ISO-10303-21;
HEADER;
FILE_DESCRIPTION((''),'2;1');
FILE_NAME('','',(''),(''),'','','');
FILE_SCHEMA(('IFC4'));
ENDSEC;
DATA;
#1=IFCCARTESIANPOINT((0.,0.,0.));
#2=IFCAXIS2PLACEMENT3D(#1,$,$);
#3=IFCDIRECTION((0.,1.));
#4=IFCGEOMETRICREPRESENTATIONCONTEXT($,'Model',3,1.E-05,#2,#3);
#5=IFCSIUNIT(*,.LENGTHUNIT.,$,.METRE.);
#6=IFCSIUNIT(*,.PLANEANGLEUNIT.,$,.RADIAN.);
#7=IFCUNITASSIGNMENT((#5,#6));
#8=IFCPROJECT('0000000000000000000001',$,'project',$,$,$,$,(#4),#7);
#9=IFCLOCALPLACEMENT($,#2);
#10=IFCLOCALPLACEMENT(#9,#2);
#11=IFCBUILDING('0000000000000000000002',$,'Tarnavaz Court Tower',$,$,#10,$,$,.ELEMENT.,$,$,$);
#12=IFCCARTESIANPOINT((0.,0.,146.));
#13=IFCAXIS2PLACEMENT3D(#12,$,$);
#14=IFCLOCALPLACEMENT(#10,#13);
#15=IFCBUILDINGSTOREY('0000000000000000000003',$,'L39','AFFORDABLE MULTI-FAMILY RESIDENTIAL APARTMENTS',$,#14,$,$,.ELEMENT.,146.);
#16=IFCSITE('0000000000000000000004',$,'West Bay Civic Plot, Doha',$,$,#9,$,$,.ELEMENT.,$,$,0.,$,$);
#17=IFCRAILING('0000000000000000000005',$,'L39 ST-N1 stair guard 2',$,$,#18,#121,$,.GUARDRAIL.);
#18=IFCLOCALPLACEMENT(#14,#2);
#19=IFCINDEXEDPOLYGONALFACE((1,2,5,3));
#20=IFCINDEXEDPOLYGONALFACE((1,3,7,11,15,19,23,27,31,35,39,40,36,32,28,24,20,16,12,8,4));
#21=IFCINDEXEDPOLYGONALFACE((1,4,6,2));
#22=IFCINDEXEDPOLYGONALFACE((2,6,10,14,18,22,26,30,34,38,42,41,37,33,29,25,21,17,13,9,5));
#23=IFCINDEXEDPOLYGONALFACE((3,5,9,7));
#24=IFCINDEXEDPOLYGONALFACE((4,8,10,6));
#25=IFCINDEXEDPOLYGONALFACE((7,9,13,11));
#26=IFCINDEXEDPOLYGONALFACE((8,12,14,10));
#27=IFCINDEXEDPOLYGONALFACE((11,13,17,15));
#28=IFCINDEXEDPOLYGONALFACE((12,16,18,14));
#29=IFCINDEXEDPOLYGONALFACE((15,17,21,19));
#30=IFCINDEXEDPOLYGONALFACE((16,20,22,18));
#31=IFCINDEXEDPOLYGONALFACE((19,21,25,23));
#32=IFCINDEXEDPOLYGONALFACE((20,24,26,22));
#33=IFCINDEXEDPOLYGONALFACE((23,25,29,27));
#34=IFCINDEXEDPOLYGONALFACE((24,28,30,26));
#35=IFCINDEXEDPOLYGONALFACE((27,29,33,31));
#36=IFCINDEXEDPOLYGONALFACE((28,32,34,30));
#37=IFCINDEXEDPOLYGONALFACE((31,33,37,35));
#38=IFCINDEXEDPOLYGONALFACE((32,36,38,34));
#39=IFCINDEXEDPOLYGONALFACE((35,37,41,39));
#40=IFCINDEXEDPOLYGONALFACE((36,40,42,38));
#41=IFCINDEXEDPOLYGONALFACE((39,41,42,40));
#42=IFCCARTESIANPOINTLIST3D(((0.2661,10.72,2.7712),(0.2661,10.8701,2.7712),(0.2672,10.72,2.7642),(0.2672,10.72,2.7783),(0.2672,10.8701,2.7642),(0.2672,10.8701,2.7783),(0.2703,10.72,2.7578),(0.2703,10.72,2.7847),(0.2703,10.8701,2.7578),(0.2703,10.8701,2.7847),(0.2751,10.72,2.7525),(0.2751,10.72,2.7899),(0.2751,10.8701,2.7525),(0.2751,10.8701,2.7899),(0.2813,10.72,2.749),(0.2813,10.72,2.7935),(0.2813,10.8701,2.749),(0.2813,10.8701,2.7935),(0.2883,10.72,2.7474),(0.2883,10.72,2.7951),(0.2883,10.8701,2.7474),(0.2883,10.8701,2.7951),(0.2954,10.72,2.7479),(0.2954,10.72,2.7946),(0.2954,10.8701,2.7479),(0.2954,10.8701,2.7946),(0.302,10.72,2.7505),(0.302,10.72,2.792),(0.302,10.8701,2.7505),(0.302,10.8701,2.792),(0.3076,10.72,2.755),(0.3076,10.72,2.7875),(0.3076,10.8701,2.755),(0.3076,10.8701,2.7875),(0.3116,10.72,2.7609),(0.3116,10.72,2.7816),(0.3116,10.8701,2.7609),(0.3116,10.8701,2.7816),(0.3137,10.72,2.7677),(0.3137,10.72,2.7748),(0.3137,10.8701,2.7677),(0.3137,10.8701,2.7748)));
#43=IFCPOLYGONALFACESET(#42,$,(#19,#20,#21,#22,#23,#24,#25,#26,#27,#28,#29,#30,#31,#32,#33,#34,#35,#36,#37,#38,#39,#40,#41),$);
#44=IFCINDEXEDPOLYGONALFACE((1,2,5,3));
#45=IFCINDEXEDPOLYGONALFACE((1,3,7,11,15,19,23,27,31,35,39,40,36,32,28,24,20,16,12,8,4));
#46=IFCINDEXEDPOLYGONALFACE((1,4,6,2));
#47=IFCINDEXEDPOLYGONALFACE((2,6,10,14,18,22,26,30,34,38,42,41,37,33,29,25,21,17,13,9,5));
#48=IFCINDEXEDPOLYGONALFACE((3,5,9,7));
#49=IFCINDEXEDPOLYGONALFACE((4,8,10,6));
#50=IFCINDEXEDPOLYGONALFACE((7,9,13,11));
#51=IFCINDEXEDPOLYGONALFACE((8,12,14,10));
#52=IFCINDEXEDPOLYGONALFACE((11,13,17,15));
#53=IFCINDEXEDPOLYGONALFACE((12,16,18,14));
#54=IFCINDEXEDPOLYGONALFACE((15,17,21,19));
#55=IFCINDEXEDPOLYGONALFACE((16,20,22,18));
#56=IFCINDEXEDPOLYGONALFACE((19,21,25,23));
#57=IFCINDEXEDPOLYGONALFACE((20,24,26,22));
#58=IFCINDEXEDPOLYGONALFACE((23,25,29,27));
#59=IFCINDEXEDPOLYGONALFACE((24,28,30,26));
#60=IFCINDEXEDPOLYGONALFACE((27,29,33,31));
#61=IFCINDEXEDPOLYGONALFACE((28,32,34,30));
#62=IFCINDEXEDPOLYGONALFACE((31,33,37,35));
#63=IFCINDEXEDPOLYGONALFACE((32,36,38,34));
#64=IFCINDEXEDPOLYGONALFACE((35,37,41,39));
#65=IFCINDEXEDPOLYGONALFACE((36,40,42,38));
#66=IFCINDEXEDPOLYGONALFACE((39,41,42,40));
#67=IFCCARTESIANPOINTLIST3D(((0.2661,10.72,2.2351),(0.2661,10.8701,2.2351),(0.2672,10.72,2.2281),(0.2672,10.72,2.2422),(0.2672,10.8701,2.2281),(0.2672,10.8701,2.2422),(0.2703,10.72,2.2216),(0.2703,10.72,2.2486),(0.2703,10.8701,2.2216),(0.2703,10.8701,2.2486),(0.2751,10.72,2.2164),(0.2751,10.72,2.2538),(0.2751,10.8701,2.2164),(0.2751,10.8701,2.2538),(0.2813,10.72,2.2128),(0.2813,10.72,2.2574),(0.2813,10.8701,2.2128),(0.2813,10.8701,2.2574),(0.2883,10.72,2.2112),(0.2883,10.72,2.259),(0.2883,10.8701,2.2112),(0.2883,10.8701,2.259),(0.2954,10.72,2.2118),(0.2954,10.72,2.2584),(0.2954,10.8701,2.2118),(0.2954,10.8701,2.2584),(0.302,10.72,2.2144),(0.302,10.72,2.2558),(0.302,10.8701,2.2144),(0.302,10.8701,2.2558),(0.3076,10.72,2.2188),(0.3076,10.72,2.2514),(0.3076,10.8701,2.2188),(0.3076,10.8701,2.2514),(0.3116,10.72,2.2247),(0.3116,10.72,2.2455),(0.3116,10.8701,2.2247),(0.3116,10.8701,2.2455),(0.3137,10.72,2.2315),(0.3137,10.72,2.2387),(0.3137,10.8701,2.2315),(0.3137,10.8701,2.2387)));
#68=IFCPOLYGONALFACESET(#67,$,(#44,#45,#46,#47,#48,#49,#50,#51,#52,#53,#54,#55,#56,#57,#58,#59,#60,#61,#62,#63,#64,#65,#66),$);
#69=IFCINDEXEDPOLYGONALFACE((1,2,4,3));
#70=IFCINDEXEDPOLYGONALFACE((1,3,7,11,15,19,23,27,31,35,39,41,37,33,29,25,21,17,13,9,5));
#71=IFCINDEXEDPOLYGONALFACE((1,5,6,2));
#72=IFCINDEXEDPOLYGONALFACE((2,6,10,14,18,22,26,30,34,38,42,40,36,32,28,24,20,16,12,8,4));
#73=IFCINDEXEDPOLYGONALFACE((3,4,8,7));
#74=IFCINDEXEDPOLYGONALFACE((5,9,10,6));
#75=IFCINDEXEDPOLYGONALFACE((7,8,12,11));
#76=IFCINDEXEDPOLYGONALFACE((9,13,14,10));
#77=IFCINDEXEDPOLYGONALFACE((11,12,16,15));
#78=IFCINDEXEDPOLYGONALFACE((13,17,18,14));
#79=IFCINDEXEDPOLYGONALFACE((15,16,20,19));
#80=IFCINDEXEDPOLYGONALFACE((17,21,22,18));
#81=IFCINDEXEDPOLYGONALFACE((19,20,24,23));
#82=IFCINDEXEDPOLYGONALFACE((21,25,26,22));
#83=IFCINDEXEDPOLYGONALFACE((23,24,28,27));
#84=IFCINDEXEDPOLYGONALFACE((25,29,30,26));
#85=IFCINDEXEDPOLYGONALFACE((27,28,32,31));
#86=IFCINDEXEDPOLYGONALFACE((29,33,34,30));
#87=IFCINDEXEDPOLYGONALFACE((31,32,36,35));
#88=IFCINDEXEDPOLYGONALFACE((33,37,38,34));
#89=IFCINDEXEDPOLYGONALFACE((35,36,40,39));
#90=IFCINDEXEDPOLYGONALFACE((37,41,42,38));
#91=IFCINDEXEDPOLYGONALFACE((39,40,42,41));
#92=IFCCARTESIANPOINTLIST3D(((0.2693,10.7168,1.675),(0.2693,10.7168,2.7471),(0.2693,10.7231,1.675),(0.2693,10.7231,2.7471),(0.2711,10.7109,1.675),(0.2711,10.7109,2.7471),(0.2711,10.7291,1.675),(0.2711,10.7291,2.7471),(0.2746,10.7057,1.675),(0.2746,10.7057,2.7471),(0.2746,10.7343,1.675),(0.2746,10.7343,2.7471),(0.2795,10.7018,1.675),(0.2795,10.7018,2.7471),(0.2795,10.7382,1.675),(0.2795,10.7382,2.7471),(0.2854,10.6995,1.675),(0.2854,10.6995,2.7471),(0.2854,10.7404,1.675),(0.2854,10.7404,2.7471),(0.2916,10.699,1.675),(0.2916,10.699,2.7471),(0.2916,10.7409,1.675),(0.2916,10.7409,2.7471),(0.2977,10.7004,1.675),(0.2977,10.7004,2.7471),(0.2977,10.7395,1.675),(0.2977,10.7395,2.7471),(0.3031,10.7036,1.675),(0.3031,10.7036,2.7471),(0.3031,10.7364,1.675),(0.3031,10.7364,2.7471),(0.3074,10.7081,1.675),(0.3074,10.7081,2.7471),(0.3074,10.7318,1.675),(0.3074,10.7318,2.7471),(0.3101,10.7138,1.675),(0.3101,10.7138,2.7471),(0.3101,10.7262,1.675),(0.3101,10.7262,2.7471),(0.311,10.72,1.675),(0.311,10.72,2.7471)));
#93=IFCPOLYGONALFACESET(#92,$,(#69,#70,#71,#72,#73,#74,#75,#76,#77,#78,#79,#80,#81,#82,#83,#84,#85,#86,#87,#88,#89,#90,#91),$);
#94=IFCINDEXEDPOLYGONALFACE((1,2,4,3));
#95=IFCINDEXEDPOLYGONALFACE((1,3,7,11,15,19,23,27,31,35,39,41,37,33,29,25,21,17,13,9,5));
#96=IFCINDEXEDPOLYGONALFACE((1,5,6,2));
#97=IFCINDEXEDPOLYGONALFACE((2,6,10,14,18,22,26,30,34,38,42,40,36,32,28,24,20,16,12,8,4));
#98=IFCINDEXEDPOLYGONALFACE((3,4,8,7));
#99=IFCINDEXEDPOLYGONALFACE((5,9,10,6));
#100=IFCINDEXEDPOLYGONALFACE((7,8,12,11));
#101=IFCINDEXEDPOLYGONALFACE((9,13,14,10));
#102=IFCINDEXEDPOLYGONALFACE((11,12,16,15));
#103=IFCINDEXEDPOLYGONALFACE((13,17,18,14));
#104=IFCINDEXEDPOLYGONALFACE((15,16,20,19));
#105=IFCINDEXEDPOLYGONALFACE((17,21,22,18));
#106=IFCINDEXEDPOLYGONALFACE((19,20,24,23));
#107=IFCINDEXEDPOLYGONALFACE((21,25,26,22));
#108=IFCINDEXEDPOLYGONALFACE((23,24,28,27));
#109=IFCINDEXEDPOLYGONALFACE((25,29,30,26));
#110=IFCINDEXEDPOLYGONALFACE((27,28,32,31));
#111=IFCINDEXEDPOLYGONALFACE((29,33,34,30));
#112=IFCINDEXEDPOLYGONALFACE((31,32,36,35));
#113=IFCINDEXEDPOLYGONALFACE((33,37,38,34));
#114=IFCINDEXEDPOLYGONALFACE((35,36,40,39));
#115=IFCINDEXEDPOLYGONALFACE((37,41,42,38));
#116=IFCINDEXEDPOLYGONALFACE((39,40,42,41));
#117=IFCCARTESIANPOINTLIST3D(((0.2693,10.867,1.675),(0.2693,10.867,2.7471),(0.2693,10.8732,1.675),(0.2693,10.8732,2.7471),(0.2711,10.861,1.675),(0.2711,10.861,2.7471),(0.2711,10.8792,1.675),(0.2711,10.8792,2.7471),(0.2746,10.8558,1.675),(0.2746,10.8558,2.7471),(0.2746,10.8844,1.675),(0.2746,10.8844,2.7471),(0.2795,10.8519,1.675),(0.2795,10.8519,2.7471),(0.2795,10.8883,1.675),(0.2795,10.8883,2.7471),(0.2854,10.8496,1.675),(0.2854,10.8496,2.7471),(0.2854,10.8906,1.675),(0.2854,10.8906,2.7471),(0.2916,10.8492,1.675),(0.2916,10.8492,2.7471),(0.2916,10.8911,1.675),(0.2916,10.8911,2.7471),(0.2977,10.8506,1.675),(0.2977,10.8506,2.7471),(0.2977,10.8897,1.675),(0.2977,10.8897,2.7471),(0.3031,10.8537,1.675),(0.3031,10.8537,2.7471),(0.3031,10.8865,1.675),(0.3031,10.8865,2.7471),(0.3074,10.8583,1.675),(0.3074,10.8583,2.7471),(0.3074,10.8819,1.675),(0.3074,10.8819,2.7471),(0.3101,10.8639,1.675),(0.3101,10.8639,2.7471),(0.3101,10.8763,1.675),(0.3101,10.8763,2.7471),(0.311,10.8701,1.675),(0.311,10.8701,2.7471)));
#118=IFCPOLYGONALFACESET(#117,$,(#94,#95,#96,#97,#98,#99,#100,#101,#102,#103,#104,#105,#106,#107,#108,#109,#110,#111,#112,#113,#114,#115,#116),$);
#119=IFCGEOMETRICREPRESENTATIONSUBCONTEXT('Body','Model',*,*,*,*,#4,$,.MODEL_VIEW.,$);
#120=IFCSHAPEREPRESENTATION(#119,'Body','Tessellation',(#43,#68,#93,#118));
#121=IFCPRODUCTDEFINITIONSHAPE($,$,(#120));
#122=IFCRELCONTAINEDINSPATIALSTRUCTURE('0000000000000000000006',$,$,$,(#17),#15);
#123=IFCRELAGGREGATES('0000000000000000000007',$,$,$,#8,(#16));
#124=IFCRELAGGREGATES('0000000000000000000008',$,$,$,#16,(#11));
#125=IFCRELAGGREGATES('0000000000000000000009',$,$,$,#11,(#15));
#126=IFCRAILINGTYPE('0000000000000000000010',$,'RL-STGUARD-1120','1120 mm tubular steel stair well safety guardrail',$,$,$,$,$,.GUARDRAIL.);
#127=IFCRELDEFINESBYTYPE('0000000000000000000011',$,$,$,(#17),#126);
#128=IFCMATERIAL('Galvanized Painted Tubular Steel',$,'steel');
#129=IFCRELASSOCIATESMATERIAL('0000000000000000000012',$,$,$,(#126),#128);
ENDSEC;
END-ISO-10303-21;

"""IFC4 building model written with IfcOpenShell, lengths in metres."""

from ifc_helpers import new_model, si_unit, direction, frame, origin, origin_2d, place, context, subcontext, project, spatial, circle, extrude, material, type_object, element, save


model = new_model("IFC4")

# Units and contexts
model_context = context("Model", 3, precision=1e-05, world=origin(), true_north=direction((0.0, 1.0)))
body_context = subcontext(model_context, "Body", "Model", "MODEL_VIEW")
ifc_project = project(units=[si_unit("LENGTHUNIT", "METRE"), si_unit("PLANEANGLEUNIT", "RADIAN")], contexts=[model_context])

# Site, building, storey
site_placement = place(None, origin())
site = spatial("IfcSite", under=ifc_project, at=site_placement, Name="West Bay Civic Plot, Doha", CompositionType="ELEMENT", RefElevation=0.0)
building_placement = place(site_placement, origin())
building = spatial("IfcBuilding", under=site, at=building_placement, Name="Tarnavaz Court Tower", CompositionType="ELEMENT")
storey_placement = place(building_placement, frame((0.0, 0.0, 146.0)))
storey = spatial("IfcBuildingStorey", under=building, at=storey_placement, Name="L39", Description="AFFORDABLE MULTI-FAMILY RESIDENTIAL APARTMENTS", CompositionType="ELEMENT", Elevation=146.0)

# Railing
ifc_material_1 = material(Name="Galvanized Painted Tubular Steel", Category="steel")
railing_type_1 = type_object("IfcRailingType", Name="RL-STGUARD-1120", Description="1120 mm tubular steel stair well safety guardrail", PredefinedType="GUARDRAIL", material=ifc_material_1)
railing_1_placement = place(storey_placement, frame((0.29, 10.72, 1.675)))
element("IfcRailing", 1, at=railing_1_placement, inside=storey, type_object=railing_type_1, Name="L39 ST-N1 stair guard 2", PredefinedType="GUARDRAIL", context=body_context, shape_type="SweptSolid", body=[
    extrude(circle(Radius=0.0239, at=origin_2d()), frame((0.0, 0.0, 1.0962), z_axis=(0.0, 1.0, 0.0), x_axis=(-1.0, 0.0, 0.0)), (0.0, 0.0, 1.0), 0.1501),
    extrude(circle(Radius=0.0239, at=origin_2d()), frame((0.0, 0.0, 0.5601), z_axis=(0.0, 1.0, 0.0), x_axis=(-1.0, 0.0, 0.0)), (0.0, 0.0, 1.0), 0.1501),
    extrude(circle(Radius=0.021, at=origin_2d()), origin(), (0.0, 0.0, 1.0), 1.072),
    extrude(circle(Radius=0.021, at=origin_2d()), frame((0.0, 0.1501, 0.0)), (0.0, 0.0, 1.0), 1.072),
])

save(model, "model.ifc")
